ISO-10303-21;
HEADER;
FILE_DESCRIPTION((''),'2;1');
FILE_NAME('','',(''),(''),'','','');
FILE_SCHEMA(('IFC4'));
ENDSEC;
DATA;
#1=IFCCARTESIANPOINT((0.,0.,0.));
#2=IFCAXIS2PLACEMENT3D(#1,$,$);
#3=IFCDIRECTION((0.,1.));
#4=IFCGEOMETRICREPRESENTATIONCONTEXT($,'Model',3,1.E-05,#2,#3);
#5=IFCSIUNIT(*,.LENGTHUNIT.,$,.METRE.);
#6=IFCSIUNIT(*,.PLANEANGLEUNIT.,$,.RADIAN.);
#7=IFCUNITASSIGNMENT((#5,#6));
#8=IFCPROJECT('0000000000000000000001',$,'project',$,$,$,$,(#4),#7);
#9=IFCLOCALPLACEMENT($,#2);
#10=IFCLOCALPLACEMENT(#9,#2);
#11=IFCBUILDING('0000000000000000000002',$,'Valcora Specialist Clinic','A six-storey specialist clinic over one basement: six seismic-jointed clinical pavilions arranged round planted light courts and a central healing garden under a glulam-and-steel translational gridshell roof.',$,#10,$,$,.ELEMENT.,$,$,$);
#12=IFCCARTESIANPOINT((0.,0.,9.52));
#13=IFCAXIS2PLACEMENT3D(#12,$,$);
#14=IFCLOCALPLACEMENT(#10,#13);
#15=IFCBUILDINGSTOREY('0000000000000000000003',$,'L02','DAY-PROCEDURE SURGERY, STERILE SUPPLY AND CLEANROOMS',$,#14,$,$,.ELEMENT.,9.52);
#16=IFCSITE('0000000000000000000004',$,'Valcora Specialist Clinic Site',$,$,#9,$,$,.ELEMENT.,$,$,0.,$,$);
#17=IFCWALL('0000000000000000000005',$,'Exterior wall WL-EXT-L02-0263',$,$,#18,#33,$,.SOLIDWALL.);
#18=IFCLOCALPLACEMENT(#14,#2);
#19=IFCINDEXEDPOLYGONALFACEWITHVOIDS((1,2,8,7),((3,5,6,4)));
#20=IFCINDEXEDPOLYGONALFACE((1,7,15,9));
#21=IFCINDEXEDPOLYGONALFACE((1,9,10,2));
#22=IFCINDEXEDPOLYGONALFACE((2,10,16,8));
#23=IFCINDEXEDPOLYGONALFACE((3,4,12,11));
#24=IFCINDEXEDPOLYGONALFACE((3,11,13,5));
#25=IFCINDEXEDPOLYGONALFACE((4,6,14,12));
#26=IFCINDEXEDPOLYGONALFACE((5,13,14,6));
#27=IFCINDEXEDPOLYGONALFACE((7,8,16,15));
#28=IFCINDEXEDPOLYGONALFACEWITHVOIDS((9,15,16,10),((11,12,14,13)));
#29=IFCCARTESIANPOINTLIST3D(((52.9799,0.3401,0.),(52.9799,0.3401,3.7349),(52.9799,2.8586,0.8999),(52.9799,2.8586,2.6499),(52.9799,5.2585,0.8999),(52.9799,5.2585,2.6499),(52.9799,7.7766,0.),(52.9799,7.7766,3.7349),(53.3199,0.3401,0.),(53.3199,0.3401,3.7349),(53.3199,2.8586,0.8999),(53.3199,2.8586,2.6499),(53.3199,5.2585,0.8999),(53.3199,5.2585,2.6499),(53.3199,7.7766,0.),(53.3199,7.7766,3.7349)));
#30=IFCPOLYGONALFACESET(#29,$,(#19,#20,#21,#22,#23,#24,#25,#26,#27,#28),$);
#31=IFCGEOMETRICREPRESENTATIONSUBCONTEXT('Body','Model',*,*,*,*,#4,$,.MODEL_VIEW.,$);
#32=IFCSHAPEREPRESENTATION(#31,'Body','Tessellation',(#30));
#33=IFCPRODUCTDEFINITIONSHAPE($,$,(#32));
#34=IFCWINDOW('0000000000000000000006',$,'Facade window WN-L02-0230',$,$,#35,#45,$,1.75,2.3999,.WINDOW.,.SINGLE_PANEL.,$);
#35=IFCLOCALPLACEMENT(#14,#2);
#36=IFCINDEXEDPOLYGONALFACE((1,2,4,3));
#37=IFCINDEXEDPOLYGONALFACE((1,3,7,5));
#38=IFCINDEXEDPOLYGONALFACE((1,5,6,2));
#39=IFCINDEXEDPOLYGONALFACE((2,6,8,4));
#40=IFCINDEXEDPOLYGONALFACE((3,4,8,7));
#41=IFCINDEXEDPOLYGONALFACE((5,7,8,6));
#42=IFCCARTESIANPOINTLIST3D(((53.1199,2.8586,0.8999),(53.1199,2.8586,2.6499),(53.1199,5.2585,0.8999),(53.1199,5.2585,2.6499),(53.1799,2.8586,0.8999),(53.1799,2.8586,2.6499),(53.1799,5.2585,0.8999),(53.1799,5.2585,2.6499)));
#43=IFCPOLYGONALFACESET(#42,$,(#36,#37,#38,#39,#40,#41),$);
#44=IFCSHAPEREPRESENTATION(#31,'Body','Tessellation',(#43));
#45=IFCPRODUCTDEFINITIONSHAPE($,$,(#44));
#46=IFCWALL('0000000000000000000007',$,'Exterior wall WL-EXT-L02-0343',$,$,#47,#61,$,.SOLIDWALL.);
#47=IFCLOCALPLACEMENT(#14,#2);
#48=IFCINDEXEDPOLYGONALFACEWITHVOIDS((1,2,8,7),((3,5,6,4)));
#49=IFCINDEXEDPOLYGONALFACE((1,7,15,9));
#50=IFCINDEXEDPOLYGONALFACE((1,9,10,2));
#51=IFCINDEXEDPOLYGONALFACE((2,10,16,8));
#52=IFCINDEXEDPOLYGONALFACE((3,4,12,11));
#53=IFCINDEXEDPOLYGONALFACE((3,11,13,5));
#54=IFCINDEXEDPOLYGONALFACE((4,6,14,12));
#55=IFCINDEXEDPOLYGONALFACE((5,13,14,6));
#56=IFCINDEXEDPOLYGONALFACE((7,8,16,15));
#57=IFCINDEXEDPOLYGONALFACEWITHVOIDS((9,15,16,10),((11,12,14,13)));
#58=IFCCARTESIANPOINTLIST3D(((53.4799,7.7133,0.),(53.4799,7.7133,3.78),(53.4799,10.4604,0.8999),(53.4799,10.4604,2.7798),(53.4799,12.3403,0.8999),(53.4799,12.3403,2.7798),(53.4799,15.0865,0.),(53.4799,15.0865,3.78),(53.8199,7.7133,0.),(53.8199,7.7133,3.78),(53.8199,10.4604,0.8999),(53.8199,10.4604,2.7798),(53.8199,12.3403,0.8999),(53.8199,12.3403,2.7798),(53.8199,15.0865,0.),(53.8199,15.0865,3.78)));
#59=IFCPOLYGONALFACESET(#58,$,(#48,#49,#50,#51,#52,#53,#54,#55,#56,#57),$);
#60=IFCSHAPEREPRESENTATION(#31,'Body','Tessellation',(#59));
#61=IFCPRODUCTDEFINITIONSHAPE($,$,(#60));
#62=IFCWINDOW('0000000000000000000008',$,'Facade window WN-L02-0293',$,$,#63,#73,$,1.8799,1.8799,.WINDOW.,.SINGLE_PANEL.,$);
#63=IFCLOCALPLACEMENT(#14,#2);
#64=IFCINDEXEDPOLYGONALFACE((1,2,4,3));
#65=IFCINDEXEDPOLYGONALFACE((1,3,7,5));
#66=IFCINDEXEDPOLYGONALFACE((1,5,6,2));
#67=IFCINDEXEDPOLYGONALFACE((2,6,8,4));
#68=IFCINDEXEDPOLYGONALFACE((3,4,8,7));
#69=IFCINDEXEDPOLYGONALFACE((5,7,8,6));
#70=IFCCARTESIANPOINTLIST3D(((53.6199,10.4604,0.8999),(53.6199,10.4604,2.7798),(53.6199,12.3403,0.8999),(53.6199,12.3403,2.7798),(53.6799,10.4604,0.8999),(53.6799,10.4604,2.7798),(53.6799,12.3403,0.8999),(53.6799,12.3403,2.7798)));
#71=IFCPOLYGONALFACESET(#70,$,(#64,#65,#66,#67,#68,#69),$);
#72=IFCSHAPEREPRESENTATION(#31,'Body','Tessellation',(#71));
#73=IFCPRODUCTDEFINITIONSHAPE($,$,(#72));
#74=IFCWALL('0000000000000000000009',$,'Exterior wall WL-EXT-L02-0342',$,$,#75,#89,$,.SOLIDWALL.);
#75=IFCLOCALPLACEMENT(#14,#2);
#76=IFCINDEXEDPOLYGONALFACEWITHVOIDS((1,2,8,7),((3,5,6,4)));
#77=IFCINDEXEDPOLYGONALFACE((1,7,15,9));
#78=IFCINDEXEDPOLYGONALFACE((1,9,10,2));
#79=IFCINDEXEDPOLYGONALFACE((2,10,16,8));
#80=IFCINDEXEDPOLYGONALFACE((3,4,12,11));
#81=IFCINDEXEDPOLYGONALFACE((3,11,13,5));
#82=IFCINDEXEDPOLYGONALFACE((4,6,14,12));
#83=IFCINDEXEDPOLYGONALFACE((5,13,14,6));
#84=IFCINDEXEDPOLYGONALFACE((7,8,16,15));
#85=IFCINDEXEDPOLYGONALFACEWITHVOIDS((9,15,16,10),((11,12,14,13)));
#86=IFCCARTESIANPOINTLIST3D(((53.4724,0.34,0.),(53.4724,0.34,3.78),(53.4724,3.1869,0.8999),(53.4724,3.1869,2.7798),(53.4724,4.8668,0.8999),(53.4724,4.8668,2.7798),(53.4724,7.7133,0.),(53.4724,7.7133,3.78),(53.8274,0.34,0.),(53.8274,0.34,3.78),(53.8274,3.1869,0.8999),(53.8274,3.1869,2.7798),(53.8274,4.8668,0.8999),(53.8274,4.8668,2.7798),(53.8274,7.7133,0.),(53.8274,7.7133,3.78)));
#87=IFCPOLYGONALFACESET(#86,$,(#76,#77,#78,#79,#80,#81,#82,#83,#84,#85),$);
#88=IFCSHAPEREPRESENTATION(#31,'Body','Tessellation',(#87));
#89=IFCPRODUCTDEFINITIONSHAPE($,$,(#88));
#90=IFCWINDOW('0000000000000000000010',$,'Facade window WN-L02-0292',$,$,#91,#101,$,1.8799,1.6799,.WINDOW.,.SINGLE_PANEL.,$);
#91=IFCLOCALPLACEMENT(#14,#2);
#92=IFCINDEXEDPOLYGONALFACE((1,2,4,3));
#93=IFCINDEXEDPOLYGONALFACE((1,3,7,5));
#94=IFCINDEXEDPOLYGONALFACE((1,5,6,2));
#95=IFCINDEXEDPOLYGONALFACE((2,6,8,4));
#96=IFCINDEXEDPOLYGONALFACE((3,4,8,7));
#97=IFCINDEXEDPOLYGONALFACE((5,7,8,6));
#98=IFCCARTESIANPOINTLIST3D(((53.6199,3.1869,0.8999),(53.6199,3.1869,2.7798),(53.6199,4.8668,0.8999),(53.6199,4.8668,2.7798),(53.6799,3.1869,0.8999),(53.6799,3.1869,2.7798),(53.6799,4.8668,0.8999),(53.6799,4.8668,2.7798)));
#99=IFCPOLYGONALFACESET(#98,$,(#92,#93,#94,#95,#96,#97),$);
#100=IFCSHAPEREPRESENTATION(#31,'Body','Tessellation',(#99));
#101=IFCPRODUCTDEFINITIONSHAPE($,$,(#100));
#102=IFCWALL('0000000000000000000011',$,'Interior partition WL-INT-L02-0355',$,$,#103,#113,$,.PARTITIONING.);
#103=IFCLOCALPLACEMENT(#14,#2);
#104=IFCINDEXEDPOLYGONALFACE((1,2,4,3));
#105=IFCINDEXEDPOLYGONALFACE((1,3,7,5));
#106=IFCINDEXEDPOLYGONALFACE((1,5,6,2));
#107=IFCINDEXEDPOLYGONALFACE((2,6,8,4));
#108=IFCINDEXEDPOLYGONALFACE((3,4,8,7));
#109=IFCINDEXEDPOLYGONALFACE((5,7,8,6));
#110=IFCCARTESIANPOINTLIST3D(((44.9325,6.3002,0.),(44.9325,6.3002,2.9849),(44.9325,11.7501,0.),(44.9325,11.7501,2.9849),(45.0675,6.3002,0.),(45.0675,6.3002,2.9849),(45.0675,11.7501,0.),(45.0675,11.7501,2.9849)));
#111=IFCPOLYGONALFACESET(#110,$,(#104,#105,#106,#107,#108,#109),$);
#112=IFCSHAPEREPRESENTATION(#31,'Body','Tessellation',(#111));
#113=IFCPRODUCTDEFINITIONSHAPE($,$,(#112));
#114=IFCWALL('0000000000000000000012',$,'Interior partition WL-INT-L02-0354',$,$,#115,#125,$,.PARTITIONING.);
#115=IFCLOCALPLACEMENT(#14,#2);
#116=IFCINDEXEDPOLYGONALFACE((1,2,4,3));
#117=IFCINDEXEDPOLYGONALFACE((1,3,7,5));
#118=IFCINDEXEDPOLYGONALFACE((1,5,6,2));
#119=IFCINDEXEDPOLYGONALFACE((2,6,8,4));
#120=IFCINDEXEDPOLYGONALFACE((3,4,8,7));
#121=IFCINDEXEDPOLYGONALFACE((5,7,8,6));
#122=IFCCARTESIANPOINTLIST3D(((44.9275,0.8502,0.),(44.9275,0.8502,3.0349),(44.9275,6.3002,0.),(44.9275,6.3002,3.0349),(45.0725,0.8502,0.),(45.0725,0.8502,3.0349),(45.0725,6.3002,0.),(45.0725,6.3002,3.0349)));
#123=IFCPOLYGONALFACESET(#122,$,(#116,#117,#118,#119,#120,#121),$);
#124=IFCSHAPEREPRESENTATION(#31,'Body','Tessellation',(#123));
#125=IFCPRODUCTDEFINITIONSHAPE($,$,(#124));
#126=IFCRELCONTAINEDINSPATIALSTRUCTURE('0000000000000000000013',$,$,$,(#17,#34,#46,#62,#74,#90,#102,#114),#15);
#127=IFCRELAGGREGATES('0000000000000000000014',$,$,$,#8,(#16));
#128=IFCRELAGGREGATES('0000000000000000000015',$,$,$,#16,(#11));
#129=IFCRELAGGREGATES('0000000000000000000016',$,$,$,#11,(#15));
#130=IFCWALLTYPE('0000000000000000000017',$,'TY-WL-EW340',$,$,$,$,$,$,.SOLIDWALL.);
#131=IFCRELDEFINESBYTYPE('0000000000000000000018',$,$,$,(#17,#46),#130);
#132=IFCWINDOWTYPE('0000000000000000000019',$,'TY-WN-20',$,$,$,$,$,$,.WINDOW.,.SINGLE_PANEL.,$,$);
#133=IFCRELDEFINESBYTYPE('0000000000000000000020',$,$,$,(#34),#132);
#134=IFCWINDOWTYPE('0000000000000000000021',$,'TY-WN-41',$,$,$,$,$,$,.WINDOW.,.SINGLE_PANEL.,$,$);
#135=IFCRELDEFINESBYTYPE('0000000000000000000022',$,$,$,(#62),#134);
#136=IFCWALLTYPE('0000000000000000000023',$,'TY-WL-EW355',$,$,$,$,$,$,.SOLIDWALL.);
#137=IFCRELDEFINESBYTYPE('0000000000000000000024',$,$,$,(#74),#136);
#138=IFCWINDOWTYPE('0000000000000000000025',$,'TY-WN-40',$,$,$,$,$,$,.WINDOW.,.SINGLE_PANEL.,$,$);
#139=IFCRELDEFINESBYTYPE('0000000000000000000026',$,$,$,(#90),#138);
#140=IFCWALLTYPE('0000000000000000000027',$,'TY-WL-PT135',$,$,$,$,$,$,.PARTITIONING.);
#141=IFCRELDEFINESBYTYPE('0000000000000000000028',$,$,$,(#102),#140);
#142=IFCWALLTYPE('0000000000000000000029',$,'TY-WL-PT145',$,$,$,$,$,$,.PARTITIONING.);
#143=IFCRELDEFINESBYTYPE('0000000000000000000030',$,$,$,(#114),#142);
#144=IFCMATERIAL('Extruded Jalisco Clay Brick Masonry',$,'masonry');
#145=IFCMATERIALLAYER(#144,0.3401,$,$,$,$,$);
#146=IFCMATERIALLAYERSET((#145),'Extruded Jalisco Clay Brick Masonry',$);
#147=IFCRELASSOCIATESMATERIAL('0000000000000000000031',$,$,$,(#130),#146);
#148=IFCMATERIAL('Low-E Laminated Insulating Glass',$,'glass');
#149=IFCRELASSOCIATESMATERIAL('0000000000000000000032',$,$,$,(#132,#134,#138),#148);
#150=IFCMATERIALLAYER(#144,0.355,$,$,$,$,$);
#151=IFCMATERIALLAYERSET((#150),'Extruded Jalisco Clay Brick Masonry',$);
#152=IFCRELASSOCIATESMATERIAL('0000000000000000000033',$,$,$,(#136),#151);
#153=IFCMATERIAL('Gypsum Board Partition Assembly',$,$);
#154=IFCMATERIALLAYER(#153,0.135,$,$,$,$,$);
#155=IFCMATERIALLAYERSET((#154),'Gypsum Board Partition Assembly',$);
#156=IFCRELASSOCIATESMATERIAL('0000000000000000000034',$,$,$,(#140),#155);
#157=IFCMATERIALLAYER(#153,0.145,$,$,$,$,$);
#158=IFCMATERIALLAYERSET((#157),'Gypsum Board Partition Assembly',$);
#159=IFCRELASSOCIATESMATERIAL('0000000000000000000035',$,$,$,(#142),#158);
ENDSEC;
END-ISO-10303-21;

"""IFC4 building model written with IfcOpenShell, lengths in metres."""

from ifc_helpers import new_model, si_unit, direction, frame, frame_2d, origin, place, context, subcontext, project, spatial, rectangle, extrude, material, layer, layer_set, type_object, element, fill, save


model = new_model("IFC4")

# Units and contexts
model_context = context("Model", 3, precision=1e-05, world=origin(), true_north=direction((0.0, 1.0)))
body_context = subcontext(model_context, "Body", "Model", "MODEL_VIEW")
ifc_project = project(units=[si_unit("LENGTHUNIT", "METRE"), si_unit("PLANEANGLEUNIT", "RADIAN")], contexts=[model_context])

# Site, building, storey
site_placement = place(None, origin())
site = spatial("IfcSite", under=ifc_project, at=site_placement, Name="Valcora Specialist Clinic Site", CompositionType="ELEMENT", RefElevation=0.0)
building_placement = place(site_placement, origin())
building = spatial("IfcBuilding", under=site, at=building_placement, Name="Valcora Specialist Clinic", Description="A six-storey specialist clinic over one basement: six seismic-jointed clinical pavilions arranged round planted light courts and a central healing garden under a glulam-and-steel translational gridshell roof.", CompositionType="ELEMENT")
storey_placement = place(building_placement, frame((0.0, 0.0, 9.52)))
storey = spatial("IfcBuildingStorey", under=building, at=storey_placement, Name="L02", Description="DAY-PROCEDURE SURGERY, STERILE SUPPLY AND CLEANROOMS", CompositionType="ELEMENT", Elevation=9.52)

# Walls, openings, windows
ifc_material_1 = material(Name="Extruded Jalisco Clay Brick Masonry", Category="masonry")
ifc_material_2 = material(Name="Low-E Laminated Insulating Glass", Category="glass")
ifc_layer_1 = layer(ifc_material_1, 0.3401)
ifc_layer_set_1 = layer_set([ifc_layer_1], Name="Extruded Jalisco Clay Brick Masonry")
wall_type_1 = type_object("IfcWallType", Name="TY-WL-EW340", PredefinedType="SOLIDWALL", material=ifc_layer_set_1)
wall_1_placement = place(storey_placement, frame((53.1499, 7.7766, 0.0), z_axis=(0.0, 0.0, 1.0), x_axis=(0.0, -1.0, 0.0)))
wall_1 = element("IfcWall", 1, at=wall_1_placement, inside=storey, type_object=wall_type_1, Name="Exterior wall WL-EXT-L02-0263", PredefinedType="SOLIDWALL", context=body_context, shape_type="SweptSolid", body=[
    extrude(rectangle(XDim=7.4365, YDim=0.3401, at=frame_2d((3.7183, 0.0))), origin(), (0.0, 0.0, 1.0), 3.7349),
])
opening_1_placement = place(wall_1_placement, frame((2.5181, 0.0, 0.8999)))
opening_1 = element("IfcOpeningElement", 2, at=opening_1_placement, cuts=wall_1, PredefinedType="OPENING", context=body_context, shape_type="SweptSolid", body=[
    extrude(rectangle(XDim=2.3999, YDim=1.75, at=frame_2d((1.2, 0.875))), frame((0.0, 0.1799, 0.0), z_axis=(0.0, -1.0, 0.0), x_axis=(1.0, 0.0, 0.0)), (0.0, 0.0, 1.0), 0.3601),
])
window_type_1 = type_object("IfcWindowType", Name="TY-WN-20", PartitioningType="SINGLE_PANEL", PredefinedType="WINDOW", material=ifc_material_2)
window_1_placement = place(opening_1_placement, origin())
window_1 = element("IfcWindow", 3, at=window_1_placement, inside=storey, type_object=window_type_1, Name="Facade window WN-L02-0230", OverallHeight=1.75, OverallWidth=2.3999, PartitioningType="SINGLE_PANEL", PredefinedType="WINDOW", context=body_context, shape_type="SweptSolid", body=[
    extrude(rectangle(XDim=2.3999, YDim=1.75, at=frame_2d((1.2, 0.875))), frame((0.0, 0.03, 0.0), z_axis=(0.0, -1.0, 0.0), x_axis=(1.0, 0.0, 0.0)), (0.0, 0.0, 1.0), 0.0601),
])
fill(opening_1, window_1)
wall_2_placement = place(storey_placement, frame((53.6499, 7.7134, 0.0), z_axis=(0.0, 0.0, 1.0), x_axis=(0.0, 1.0, 0.0)))
wall_2 = element("IfcWall", 4, at=wall_2_placement, inside=storey, type_object=wall_type_1, Name="Exterior wall WL-EXT-L02-0343", PredefinedType="SOLIDWALL", context=body_context, shape_type="SweptSolid", body=[
    extrude(rectangle(XDim=7.3733, YDim=0.3401, at=frame_2d((3.6865, 0.0))), origin(), (0.0, 0.0, 1.0), 3.78),
])
opening_2_placement = place(wall_2_placement, frame((2.7471, 0.0, 0.8999)))
opening_2 = element("IfcOpeningElement", 5, at=opening_2_placement, cuts=wall_2, PredefinedType="OPENING", context=body_context, shape_type="SweptSolid", body=[
    extrude(rectangle(XDim=1.8799, YDim=1.8799, at=frame_2d((0.9399, 0.9399))), frame((0.0, 0.1799, 0.0), z_axis=(0.0, -1.0, 0.0), x_axis=(1.0, 0.0, 0.0)), (0.0, 0.0, 1.0), 0.3601),
])
window_type_2 = type_object("IfcWindowType", Name="TY-WN-41", PartitioningType="SINGLE_PANEL", PredefinedType="WINDOW", material=ifc_material_2)
window_2_placement = place(opening_2_placement, origin())
window_2 = element("IfcWindow", 6, at=window_2_placement, inside=storey, type_object=window_type_2, Name="Facade window WN-L02-0293", OverallHeight=1.8799, OverallWidth=1.8799, PartitioningType="SINGLE_PANEL", PredefinedType="WINDOW", context=body_context, shape_type="SweptSolid", body=[
    extrude(rectangle(XDim=1.8799, YDim=1.8799, at=frame_2d((0.9399, 0.9399))), frame((0.0, 0.03, 0.0), z_axis=(0.0, -1.0, 0.0), x_axis=(1.0, 0.0, 0.0)), (0.0, 0.0, 1.0), 0.0601),
])
fill(opening_2, window_2)
ifc_layer_2 = layer(ifc_material_1, 0.355)
ifc_layer_set_2 = layer_set([ifc_layer_2], Name="Extruded Jalisco Clay Brick Masonry")
wall_type_2 = type_object("IfcWallType", Name="TY-WL-EW355", PredefinedType="SOLIDWALL", material=ifc_layer_set_2)
wall_3_placement = place(storey_placement, frame((53.6499, 0.3401, 0.0), z_axis=(0.0, 0.0, 1.0), x_axis=(0.0, 1.0, 0.0)))
wall_3 = element("IfcWall", 7, at=wall_3_placement, inside=storey, type_object=wall_type_2, Name="Exterior wall WL-EXT-L02-0342", PredefinedType="SOLIDWALL", context=body_context, shape_type="SweptSolid", body=[
    extrude(rectangle(XDim=7.3733, YDim=0.355, at=frame_2d((3.6865, 0.0))), origin(), (0.0, 0.0, 1.0), 3.78),
])
opening_3_placement = place(wall_3_placement, frame((2.8469, 0.0, 0.8999)))
opening_3 = element("IfcOpeningElement", 8, at=opening_3_placement, cuts=wall_3, PredefinedType="OPENING", context=body_context, shape_type="SweptSolid", body=[
    extrude(rectangle(XDim=1.6799, YDim=1.8799, at=frame_2d((0.8398, 0.9399))), frame((0.0, 0.1875, 0.0), z_axis=(0.0, -1.0, 0.0), x_axis=(1.0, 0.0, 0.0)), (0.0, 0.0, 1.0), 0.375),
])
window_type_3 = type_object("IfcWindowType", Name="TY-WN-40", PartitioningType="SINGLE_PANEL", PredefinedType="WINDOW", material=ifc_material_2)
window_3_placement = place(opening_3_placement, origin())
window_3 = element("IfcWindow", 9, at=window_3_placement, inside=storey, type_object=window_type_3, Name="Facade window WN-L02-0292", OverallHeight=1.8799, OverallWidth=1.6799, PartitioningType="SINGLE_PANEL", PredefinedType="WINDOW", context=body_context, shape_type="SweptSolid", body=[
    extrude(rectangle(XDim=1.6799, YDim=1.8799, at=frame_2d((0.8398, 0.9399))), frame((0.0, 0.03, 0.0), z_axis=(0.0, -1.0, 0.0), x_axis=(1.0, 0.0, 0.0)), (0.0, 0.0, 1.0), 0.0601),
])
fill(opening_3, window_3)

# Walls
ifc_material_3 = material(Name="Gypsum Board Partition Assembly")
ifc_layer_3 = layer(ifc_material_3, 0.135)
ifc_layer_set_3 = layer_set([ifc_layer_3], Name="Gypsum Board Partition Assembly")
wall_type_3 = type_object("IfcWallType", Name="TY-WL-PT135", PredefinedType="PARTITIONING", material=ifc_layer_set_3)
wall_4_placement = place(storey_placement, frame((45.0, 6.3, 0.0), z_axis=(0.0, 0.0, 1.0), x_axis=(0.0, 1.0, 0.0)))
element("IfcWall", 10, at=wall_4_placement, inside=storey, type_object=wall_type_3, Name="Interior partition WL-INT-L02-0355", PredefinedType="PARTITIONING", context=body_context, shape_type="SweptSolid", body=[
    extrude(rectangle(XDim=5.45, YDim=0.135, at=frame_2d((2.7251, 0.0))), origin(), (0.0, 0.0, 1.0), 2.9849),
])
ifc_layer_4 = layer(ifc_material_3, 0.145)
ifc_layer_set_4 = layer_set([ifc_layer_4], Name="Gypsum Board Partition Assembly")
wall_type_4 = type_object("IfcWallType", Name="TY-WL-PT145", PredefinedType="PARTITIONING", material=ifc_layer_set_4)
wall_5_placement = place(storey_placement, frame((45.0, 0.8501, 0.0), z_axis=(0.0, 0.0, 1.0), x_axis=(0.0, 1.0, 0.0)))
element("IfcWall", 11, at=wall_5_placement, inside=storey, type_object=wall_type_4, Name="Interior partition WL-INT-L02-0354", PredefinedType="PARTITIONING", context=body_context, shape_type="SweptSolid", body=[
    extrude(rectangle(XDim=5.45, YDim=0.145, at=frame_2d((2.7251, 0.0))), origin(), (0.0, 0.0, 1.0), 3.0349),
])

save(model, "model.ifc")
